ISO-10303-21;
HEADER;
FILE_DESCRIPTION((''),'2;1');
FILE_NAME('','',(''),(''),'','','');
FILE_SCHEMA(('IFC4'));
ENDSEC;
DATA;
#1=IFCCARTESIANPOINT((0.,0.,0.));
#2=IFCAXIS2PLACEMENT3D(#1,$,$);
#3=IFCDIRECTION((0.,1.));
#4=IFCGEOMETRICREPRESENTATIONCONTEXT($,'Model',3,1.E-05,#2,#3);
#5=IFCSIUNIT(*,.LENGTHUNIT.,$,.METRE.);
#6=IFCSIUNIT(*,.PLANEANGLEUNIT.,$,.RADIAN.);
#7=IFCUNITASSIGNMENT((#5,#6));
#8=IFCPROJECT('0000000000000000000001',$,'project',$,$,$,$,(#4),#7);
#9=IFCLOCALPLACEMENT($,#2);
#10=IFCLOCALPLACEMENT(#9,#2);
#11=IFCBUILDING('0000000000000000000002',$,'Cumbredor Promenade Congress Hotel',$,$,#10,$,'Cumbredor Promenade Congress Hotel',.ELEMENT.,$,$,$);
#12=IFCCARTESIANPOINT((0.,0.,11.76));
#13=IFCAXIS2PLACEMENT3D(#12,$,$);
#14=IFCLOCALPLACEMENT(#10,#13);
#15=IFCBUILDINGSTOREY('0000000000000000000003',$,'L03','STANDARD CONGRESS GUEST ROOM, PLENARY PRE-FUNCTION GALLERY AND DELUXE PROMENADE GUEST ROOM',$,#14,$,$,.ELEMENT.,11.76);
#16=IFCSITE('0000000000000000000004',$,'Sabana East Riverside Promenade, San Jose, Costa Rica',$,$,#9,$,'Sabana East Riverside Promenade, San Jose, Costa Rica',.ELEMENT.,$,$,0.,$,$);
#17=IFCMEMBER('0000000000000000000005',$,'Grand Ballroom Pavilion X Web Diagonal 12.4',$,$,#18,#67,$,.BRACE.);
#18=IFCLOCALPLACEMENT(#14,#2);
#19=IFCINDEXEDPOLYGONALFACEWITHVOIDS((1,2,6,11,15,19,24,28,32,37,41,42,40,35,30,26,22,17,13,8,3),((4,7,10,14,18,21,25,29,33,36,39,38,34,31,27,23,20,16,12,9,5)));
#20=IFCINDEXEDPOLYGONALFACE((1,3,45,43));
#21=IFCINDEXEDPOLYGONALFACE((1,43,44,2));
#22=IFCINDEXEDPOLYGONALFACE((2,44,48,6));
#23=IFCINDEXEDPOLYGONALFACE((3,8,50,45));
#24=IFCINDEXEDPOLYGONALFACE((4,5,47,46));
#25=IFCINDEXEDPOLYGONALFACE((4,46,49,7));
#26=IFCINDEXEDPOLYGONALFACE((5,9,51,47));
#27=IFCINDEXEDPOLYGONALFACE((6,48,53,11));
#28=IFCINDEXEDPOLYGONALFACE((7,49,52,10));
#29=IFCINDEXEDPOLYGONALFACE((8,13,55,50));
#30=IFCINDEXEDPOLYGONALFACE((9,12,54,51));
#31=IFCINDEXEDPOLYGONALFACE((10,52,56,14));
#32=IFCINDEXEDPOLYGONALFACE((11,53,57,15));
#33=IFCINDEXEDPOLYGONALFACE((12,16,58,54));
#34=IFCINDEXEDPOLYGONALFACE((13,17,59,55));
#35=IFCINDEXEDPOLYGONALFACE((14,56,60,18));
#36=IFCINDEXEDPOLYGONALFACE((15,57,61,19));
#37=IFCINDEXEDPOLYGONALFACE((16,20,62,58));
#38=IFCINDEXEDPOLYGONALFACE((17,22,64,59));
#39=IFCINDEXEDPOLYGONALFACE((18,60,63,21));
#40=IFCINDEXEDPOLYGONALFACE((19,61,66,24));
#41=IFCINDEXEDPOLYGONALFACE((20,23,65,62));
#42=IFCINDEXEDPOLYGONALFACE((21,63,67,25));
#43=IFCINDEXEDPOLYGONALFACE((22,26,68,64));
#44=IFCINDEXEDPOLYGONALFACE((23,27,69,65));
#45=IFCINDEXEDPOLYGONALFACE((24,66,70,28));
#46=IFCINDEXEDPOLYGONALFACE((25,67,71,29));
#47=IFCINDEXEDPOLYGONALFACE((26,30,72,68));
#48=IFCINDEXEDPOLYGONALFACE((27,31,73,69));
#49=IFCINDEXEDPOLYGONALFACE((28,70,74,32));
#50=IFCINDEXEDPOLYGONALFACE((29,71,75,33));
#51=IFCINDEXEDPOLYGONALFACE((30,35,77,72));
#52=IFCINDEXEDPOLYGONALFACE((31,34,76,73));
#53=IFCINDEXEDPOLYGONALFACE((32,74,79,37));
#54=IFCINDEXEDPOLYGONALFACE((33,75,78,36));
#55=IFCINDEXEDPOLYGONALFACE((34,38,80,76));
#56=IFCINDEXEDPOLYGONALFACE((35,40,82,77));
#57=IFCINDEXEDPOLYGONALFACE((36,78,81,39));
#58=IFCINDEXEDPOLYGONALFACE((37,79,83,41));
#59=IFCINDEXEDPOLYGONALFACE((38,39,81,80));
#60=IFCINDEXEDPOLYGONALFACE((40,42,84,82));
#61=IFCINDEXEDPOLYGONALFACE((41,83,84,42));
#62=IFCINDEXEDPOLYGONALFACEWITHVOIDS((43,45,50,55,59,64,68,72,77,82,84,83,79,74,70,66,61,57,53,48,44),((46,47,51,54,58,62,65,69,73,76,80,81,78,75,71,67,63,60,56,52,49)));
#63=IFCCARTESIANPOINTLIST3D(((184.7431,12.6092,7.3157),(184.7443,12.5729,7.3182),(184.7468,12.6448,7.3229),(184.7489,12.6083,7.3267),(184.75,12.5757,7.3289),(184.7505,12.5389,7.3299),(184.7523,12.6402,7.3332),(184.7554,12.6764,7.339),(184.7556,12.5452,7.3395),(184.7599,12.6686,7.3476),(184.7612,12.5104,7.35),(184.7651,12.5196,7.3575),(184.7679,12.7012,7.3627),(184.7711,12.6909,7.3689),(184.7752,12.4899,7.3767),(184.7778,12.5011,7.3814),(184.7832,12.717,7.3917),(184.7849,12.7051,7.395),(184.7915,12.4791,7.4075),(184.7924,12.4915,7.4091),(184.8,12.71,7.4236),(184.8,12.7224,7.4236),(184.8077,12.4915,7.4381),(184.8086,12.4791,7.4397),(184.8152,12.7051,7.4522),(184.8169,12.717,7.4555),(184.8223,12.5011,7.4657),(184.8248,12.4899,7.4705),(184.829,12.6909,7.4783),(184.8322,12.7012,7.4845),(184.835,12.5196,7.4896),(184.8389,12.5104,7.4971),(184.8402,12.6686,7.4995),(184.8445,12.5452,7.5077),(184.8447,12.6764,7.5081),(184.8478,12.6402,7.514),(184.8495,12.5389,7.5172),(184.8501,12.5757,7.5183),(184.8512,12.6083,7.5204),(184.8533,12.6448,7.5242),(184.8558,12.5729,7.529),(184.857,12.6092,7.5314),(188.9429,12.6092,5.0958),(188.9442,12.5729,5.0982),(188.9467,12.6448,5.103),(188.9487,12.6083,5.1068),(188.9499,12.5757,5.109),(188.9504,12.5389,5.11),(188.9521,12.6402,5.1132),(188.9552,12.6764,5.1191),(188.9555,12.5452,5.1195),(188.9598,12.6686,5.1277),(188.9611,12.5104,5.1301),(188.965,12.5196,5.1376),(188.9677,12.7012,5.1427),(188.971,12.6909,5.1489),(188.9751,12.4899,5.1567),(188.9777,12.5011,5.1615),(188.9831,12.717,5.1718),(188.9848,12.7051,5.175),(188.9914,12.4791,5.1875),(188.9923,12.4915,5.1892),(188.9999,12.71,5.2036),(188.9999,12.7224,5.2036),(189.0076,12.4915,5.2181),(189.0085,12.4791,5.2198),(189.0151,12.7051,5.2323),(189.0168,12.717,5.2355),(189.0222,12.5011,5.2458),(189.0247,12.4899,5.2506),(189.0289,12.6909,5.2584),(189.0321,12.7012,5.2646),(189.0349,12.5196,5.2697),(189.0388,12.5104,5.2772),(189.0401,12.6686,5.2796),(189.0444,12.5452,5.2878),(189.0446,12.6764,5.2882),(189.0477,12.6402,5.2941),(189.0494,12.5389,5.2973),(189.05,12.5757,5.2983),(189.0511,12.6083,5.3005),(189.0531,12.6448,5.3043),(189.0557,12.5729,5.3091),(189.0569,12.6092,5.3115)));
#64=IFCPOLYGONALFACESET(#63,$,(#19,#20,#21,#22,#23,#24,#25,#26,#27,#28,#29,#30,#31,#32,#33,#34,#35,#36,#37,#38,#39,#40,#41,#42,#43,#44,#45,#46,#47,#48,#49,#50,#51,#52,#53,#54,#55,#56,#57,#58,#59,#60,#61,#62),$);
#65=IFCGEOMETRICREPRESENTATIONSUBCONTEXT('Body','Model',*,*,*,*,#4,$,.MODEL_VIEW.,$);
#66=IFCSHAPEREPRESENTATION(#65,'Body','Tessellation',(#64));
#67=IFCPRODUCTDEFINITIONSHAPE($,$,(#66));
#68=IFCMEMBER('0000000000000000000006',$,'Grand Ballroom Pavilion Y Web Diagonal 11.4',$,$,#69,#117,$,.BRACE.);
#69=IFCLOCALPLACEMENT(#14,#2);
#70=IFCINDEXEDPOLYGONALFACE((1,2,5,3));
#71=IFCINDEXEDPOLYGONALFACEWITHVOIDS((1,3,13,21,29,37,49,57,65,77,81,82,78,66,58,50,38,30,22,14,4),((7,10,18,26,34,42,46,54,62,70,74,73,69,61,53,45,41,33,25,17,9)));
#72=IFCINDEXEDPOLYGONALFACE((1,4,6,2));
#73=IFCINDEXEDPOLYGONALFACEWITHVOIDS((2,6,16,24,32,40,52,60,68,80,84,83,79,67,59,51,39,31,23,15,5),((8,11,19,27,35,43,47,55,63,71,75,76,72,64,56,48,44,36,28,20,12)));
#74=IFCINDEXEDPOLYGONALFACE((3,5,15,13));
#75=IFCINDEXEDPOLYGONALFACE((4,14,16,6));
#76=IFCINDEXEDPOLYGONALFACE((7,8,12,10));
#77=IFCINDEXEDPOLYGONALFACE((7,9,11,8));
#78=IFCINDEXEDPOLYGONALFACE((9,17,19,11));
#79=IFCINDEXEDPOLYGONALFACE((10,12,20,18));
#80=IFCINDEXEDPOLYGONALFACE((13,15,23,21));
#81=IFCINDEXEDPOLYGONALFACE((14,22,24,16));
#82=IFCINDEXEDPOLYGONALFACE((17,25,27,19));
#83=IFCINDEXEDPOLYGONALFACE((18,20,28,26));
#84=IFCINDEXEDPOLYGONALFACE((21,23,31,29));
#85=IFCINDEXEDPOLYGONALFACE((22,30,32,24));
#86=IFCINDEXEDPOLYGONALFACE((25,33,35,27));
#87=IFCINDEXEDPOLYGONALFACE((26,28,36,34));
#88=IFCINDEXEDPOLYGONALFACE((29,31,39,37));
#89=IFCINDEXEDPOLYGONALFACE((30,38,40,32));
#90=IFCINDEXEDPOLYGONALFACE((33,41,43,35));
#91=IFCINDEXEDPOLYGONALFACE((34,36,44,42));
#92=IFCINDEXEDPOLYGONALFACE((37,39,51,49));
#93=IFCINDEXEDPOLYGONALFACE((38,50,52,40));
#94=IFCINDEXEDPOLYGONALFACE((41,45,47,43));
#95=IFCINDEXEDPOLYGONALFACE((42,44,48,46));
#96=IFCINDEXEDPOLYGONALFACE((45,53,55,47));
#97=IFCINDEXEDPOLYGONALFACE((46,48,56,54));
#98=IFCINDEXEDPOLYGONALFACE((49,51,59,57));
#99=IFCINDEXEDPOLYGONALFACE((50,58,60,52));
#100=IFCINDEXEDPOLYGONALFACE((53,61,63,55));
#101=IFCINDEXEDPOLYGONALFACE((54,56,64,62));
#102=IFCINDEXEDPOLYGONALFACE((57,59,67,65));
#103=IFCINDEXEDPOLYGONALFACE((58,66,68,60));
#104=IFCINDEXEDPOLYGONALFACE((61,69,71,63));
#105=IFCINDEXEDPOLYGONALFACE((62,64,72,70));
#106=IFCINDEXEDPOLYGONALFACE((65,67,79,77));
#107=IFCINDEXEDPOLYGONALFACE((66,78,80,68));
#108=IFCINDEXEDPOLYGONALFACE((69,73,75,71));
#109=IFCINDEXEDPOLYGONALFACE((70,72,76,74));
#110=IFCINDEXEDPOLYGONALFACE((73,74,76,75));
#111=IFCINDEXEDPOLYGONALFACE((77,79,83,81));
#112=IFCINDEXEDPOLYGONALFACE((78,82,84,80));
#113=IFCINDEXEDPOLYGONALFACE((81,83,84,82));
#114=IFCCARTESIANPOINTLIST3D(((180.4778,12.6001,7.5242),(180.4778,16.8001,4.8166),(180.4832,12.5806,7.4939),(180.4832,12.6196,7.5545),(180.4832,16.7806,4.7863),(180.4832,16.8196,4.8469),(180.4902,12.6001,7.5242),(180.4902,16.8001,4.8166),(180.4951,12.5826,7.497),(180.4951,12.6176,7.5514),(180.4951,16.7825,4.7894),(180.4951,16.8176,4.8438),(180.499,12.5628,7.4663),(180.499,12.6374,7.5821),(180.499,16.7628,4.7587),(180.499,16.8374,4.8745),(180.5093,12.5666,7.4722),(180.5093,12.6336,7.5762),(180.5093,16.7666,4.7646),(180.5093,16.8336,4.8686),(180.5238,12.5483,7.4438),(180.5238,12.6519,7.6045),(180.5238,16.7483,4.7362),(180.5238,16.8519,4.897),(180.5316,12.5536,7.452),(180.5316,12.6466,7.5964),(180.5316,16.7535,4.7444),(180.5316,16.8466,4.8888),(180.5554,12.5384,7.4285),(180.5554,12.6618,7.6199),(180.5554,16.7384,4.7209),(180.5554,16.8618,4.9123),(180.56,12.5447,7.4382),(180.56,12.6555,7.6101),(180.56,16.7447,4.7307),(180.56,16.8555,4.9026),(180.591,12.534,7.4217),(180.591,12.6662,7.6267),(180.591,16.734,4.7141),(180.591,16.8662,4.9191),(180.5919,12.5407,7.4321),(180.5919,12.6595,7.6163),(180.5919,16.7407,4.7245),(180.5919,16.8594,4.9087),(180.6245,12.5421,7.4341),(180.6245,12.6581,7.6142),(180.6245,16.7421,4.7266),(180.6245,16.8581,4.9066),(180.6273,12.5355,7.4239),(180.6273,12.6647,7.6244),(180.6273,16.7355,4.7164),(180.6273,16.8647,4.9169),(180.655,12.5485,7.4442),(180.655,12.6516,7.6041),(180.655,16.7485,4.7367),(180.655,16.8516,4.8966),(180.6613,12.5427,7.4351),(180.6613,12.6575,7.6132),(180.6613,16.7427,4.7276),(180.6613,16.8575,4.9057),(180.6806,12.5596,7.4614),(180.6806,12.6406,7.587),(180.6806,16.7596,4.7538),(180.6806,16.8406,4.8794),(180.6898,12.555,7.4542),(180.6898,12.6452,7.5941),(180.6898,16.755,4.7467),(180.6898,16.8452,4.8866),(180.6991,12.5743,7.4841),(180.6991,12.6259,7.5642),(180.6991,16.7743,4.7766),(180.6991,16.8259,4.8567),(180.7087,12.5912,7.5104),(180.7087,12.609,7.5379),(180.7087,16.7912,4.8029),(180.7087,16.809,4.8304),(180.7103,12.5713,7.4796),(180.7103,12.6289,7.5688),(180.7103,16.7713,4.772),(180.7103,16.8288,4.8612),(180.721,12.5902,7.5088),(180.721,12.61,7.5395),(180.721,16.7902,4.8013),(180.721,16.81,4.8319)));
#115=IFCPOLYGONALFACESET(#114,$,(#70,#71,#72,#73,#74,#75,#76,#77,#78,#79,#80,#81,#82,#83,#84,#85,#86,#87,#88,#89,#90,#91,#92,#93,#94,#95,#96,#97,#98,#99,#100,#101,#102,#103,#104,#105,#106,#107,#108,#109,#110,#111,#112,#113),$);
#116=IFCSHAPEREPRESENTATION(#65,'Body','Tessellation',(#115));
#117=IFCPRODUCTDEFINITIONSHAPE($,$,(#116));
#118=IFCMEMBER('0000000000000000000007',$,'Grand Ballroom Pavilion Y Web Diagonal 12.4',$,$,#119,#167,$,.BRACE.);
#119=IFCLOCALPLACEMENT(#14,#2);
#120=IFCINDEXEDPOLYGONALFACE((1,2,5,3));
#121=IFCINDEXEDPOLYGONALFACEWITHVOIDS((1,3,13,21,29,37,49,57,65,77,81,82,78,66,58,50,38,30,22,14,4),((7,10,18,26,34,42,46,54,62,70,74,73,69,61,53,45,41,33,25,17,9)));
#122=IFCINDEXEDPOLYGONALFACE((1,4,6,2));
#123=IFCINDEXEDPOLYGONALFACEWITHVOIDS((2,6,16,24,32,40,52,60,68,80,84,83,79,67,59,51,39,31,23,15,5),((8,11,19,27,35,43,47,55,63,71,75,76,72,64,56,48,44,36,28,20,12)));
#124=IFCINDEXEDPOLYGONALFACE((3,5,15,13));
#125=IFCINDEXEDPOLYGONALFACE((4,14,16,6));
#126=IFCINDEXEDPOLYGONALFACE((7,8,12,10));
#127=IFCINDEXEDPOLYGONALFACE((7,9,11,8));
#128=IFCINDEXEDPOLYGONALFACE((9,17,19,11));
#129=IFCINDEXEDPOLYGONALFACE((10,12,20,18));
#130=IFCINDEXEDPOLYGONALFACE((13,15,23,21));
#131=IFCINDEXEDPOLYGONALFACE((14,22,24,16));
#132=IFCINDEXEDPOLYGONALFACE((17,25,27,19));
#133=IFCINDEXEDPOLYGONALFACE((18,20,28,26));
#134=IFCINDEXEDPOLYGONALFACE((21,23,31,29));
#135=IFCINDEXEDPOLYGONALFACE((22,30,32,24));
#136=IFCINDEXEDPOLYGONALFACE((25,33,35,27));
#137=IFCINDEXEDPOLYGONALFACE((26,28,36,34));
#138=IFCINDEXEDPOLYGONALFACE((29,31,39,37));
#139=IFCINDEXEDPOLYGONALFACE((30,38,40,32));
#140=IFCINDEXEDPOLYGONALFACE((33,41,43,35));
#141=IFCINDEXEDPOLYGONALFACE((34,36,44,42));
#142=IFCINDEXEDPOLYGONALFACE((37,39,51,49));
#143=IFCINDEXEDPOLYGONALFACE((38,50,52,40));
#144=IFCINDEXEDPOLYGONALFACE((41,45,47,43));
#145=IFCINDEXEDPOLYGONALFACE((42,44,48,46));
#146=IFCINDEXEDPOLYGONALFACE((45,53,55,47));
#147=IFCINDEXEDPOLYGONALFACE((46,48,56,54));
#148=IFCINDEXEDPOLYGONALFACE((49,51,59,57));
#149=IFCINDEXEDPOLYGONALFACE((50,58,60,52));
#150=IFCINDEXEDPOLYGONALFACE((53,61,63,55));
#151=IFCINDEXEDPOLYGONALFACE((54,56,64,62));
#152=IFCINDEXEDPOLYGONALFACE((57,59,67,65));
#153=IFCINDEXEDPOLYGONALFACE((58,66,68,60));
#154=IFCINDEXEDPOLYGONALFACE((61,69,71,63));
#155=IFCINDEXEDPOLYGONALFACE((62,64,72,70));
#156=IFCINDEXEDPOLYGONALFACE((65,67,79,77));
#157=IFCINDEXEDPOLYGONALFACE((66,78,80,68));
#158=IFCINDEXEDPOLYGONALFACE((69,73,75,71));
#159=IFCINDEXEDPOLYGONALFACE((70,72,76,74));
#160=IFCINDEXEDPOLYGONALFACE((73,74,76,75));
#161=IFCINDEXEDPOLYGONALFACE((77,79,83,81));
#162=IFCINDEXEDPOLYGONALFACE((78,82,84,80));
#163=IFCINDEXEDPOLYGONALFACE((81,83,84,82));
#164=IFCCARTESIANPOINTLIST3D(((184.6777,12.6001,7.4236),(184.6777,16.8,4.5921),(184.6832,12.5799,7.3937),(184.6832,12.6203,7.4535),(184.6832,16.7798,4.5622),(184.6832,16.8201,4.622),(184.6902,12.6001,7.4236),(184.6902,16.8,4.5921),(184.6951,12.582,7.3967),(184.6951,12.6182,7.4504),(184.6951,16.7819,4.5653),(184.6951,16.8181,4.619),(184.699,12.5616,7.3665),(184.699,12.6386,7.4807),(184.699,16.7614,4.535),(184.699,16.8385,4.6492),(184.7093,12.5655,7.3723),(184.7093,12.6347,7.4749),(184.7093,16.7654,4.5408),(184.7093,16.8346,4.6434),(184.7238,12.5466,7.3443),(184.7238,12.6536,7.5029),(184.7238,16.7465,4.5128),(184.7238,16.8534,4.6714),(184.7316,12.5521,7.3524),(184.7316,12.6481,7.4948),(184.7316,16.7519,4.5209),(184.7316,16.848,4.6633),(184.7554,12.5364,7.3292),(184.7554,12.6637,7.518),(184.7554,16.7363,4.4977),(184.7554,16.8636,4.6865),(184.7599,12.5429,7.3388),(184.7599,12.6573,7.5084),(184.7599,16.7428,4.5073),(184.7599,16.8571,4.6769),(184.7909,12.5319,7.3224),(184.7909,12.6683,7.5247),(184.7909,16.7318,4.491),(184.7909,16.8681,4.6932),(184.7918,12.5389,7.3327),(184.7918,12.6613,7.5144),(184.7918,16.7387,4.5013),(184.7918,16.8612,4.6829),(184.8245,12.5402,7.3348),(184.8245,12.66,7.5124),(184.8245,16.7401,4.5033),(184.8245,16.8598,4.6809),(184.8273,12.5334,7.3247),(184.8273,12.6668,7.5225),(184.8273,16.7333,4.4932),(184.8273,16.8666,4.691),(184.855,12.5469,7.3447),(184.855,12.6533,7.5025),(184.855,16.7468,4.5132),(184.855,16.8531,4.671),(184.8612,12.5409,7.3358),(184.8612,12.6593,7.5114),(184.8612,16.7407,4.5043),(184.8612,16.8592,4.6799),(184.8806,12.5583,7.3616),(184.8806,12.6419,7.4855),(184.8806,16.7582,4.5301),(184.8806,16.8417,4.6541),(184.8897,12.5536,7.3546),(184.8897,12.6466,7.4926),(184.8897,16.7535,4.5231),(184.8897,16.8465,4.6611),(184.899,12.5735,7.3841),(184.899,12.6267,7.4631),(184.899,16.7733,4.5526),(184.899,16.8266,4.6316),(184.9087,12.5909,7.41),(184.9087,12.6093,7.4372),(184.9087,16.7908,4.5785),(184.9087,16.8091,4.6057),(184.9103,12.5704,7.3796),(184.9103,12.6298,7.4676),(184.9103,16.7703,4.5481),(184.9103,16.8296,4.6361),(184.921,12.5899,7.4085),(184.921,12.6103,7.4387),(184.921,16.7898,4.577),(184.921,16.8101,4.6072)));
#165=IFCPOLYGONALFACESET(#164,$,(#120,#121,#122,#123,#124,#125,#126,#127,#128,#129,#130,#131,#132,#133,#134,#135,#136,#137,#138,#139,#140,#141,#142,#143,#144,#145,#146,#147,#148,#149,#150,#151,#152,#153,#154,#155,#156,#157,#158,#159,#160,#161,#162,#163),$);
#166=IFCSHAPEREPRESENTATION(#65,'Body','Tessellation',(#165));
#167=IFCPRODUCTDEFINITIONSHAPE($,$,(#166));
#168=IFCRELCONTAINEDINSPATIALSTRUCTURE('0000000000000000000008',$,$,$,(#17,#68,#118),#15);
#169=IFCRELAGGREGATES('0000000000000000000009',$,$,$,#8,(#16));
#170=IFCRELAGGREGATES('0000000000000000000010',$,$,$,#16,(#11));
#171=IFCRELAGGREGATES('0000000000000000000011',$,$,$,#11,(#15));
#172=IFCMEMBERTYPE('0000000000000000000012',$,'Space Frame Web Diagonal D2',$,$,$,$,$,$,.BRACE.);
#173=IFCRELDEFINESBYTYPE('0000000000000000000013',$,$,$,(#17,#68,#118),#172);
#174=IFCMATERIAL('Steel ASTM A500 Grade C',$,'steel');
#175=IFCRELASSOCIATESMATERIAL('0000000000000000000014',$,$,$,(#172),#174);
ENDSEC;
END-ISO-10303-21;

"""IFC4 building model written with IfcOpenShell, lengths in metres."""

from ifc_helpers import new_model, si_unit, direction, frame, origin, origin_2d, place, context, subcontext, project, spatial, hollow_circle, extrude, material, material_profile, profile_set, type_object, element, save


model = new_model("IFC4")

# Units and contexts
model_context = context("Model", 3, precision=1e-05, world=origin(), true_north=direction((0.0, 1.0)))
body_context = subcontext(model_context, "Body", "Model", "MODEL_VIEW")
ifc_project = project(units=[si_unit("LENGTHUNIT", "METRE"), si_unit("PLANEANGLEUNIT", "RADIAN")], contexts=[model_context])

# Site, building, storey
site_placement = place(None, origin())
site = spatial("IfcSite", under=ifc_project, at=site_placement, Name="Sabana East Riverside Promenade, San Jose, Costa Rica", LongName="Sabana East Riverside Promenade, San Jose, Costa Rica", CompositionType="ELEMENT", RefElevation=0.0)
building_placement = place(site_placement, origin())
building = spatial("IfcBuilding", under=site, at=building_placement, Name="Cumbredor Promenade Congress Hotel", LongName="Cumbredor Promenade Congress Hotel", CompositionType="ELEMENT")
storey_placement = place(building_placement, frame((0.0, 0.0, 11.76)))
storey = spatial("IfcBuildingStorey", under=building, at=storey_placement, Name="L03", Description="STANDARD CONGRESS GUEST ROOM, PLENARY PRE-FUNCTION GALLERY AND DELUXE PROMENADE GUEST ROOM", CompositionType="ELEMENT", Elevation=11.76)

# Shared definitions
ifc_material_1 = material(Name="Steel ASTM A500 Grade C", Category="steel")

# Members
ifc_material_profile_1 = material_profile(ifc_material_1, hollow_circle(Radius=0.1223, WallThickness=0.0125, at=origin_2d()), Name="CHS 244.5x12.5")
ifc_profile_set_1 = profile_set([ifc_material_profile_1], Name="Steel ASTM A500 Grade C")
member_type_1 = type_object("IfcMemberType", Name="Space Frame Web Diagonal D2", PredefinedType="BRACE", material=ifc_profile_set_1)
member_1_placement = place(storey_placement, frame((184.8, 12.6001, 7.4236), z_axis=(0.884095, 0.0, -0.467307), x_axis=(0.0, 1.0, 0.0)))
element("IfcMember", 1, at=member_1_placement, inside=storey, type_object=member_type_1, Name="Grand Ballroom Pavilion X Web Diagonal 12.4", PredefinedType="BRACE", context=body_context, shape_type="SweptSolid", body=[
    extrude(hollow_circle(Radius=0.1223, WallThickness=0.0125, at=origin_2d()), origin(), (0.0, 0.0, 1.0), 4.7505),
])
member_2_placement = place(storey_placement, frame((180.6001, 12.6001, 7.5242), z_axis=(0.0, 0.84049, -0.541826), x_axis=(-1.0, 0.0, 0.0)))
element("IfcMember", 2, at=member_2_placement, inside=storey, type_object=member_type_1, Name="Grand Ballroom Pavilion Y Web Diagonal 11.4", PredefinedType="BRACE", context=body_context, shape_type="SweptSolid", body=[
    extrude(hollow_circle(Radius=0.1223, WallThickness=0.0125, at=origin_2d()), origin(), (0.0, 0.0, 1.0), 4.9971),
])
member_3_placement = place(storey_placement, frame((184.8, 12.6001, 7.4236), z_axis=(0.0, 0.829162, -0.559008), x_axis=(-1.0, 0.0, 0.0)))
element("IfcMember", 3, at=member_3_placement, inside=storey, type_object=member_type_1, Name="Grand Ballroom Pavilion Y Web Diagonal 12.4", PredefinedType="BRACE", context=body_context, shape_type="SweptSolid", body=[
    extrude(hollow_circle(Radius=0.1223, WallThickness=0.0125, at=origin_2d()), origin(), (0.0, 0.0, 1.0), 5.0652),
])

save(model, "model.ifc")
